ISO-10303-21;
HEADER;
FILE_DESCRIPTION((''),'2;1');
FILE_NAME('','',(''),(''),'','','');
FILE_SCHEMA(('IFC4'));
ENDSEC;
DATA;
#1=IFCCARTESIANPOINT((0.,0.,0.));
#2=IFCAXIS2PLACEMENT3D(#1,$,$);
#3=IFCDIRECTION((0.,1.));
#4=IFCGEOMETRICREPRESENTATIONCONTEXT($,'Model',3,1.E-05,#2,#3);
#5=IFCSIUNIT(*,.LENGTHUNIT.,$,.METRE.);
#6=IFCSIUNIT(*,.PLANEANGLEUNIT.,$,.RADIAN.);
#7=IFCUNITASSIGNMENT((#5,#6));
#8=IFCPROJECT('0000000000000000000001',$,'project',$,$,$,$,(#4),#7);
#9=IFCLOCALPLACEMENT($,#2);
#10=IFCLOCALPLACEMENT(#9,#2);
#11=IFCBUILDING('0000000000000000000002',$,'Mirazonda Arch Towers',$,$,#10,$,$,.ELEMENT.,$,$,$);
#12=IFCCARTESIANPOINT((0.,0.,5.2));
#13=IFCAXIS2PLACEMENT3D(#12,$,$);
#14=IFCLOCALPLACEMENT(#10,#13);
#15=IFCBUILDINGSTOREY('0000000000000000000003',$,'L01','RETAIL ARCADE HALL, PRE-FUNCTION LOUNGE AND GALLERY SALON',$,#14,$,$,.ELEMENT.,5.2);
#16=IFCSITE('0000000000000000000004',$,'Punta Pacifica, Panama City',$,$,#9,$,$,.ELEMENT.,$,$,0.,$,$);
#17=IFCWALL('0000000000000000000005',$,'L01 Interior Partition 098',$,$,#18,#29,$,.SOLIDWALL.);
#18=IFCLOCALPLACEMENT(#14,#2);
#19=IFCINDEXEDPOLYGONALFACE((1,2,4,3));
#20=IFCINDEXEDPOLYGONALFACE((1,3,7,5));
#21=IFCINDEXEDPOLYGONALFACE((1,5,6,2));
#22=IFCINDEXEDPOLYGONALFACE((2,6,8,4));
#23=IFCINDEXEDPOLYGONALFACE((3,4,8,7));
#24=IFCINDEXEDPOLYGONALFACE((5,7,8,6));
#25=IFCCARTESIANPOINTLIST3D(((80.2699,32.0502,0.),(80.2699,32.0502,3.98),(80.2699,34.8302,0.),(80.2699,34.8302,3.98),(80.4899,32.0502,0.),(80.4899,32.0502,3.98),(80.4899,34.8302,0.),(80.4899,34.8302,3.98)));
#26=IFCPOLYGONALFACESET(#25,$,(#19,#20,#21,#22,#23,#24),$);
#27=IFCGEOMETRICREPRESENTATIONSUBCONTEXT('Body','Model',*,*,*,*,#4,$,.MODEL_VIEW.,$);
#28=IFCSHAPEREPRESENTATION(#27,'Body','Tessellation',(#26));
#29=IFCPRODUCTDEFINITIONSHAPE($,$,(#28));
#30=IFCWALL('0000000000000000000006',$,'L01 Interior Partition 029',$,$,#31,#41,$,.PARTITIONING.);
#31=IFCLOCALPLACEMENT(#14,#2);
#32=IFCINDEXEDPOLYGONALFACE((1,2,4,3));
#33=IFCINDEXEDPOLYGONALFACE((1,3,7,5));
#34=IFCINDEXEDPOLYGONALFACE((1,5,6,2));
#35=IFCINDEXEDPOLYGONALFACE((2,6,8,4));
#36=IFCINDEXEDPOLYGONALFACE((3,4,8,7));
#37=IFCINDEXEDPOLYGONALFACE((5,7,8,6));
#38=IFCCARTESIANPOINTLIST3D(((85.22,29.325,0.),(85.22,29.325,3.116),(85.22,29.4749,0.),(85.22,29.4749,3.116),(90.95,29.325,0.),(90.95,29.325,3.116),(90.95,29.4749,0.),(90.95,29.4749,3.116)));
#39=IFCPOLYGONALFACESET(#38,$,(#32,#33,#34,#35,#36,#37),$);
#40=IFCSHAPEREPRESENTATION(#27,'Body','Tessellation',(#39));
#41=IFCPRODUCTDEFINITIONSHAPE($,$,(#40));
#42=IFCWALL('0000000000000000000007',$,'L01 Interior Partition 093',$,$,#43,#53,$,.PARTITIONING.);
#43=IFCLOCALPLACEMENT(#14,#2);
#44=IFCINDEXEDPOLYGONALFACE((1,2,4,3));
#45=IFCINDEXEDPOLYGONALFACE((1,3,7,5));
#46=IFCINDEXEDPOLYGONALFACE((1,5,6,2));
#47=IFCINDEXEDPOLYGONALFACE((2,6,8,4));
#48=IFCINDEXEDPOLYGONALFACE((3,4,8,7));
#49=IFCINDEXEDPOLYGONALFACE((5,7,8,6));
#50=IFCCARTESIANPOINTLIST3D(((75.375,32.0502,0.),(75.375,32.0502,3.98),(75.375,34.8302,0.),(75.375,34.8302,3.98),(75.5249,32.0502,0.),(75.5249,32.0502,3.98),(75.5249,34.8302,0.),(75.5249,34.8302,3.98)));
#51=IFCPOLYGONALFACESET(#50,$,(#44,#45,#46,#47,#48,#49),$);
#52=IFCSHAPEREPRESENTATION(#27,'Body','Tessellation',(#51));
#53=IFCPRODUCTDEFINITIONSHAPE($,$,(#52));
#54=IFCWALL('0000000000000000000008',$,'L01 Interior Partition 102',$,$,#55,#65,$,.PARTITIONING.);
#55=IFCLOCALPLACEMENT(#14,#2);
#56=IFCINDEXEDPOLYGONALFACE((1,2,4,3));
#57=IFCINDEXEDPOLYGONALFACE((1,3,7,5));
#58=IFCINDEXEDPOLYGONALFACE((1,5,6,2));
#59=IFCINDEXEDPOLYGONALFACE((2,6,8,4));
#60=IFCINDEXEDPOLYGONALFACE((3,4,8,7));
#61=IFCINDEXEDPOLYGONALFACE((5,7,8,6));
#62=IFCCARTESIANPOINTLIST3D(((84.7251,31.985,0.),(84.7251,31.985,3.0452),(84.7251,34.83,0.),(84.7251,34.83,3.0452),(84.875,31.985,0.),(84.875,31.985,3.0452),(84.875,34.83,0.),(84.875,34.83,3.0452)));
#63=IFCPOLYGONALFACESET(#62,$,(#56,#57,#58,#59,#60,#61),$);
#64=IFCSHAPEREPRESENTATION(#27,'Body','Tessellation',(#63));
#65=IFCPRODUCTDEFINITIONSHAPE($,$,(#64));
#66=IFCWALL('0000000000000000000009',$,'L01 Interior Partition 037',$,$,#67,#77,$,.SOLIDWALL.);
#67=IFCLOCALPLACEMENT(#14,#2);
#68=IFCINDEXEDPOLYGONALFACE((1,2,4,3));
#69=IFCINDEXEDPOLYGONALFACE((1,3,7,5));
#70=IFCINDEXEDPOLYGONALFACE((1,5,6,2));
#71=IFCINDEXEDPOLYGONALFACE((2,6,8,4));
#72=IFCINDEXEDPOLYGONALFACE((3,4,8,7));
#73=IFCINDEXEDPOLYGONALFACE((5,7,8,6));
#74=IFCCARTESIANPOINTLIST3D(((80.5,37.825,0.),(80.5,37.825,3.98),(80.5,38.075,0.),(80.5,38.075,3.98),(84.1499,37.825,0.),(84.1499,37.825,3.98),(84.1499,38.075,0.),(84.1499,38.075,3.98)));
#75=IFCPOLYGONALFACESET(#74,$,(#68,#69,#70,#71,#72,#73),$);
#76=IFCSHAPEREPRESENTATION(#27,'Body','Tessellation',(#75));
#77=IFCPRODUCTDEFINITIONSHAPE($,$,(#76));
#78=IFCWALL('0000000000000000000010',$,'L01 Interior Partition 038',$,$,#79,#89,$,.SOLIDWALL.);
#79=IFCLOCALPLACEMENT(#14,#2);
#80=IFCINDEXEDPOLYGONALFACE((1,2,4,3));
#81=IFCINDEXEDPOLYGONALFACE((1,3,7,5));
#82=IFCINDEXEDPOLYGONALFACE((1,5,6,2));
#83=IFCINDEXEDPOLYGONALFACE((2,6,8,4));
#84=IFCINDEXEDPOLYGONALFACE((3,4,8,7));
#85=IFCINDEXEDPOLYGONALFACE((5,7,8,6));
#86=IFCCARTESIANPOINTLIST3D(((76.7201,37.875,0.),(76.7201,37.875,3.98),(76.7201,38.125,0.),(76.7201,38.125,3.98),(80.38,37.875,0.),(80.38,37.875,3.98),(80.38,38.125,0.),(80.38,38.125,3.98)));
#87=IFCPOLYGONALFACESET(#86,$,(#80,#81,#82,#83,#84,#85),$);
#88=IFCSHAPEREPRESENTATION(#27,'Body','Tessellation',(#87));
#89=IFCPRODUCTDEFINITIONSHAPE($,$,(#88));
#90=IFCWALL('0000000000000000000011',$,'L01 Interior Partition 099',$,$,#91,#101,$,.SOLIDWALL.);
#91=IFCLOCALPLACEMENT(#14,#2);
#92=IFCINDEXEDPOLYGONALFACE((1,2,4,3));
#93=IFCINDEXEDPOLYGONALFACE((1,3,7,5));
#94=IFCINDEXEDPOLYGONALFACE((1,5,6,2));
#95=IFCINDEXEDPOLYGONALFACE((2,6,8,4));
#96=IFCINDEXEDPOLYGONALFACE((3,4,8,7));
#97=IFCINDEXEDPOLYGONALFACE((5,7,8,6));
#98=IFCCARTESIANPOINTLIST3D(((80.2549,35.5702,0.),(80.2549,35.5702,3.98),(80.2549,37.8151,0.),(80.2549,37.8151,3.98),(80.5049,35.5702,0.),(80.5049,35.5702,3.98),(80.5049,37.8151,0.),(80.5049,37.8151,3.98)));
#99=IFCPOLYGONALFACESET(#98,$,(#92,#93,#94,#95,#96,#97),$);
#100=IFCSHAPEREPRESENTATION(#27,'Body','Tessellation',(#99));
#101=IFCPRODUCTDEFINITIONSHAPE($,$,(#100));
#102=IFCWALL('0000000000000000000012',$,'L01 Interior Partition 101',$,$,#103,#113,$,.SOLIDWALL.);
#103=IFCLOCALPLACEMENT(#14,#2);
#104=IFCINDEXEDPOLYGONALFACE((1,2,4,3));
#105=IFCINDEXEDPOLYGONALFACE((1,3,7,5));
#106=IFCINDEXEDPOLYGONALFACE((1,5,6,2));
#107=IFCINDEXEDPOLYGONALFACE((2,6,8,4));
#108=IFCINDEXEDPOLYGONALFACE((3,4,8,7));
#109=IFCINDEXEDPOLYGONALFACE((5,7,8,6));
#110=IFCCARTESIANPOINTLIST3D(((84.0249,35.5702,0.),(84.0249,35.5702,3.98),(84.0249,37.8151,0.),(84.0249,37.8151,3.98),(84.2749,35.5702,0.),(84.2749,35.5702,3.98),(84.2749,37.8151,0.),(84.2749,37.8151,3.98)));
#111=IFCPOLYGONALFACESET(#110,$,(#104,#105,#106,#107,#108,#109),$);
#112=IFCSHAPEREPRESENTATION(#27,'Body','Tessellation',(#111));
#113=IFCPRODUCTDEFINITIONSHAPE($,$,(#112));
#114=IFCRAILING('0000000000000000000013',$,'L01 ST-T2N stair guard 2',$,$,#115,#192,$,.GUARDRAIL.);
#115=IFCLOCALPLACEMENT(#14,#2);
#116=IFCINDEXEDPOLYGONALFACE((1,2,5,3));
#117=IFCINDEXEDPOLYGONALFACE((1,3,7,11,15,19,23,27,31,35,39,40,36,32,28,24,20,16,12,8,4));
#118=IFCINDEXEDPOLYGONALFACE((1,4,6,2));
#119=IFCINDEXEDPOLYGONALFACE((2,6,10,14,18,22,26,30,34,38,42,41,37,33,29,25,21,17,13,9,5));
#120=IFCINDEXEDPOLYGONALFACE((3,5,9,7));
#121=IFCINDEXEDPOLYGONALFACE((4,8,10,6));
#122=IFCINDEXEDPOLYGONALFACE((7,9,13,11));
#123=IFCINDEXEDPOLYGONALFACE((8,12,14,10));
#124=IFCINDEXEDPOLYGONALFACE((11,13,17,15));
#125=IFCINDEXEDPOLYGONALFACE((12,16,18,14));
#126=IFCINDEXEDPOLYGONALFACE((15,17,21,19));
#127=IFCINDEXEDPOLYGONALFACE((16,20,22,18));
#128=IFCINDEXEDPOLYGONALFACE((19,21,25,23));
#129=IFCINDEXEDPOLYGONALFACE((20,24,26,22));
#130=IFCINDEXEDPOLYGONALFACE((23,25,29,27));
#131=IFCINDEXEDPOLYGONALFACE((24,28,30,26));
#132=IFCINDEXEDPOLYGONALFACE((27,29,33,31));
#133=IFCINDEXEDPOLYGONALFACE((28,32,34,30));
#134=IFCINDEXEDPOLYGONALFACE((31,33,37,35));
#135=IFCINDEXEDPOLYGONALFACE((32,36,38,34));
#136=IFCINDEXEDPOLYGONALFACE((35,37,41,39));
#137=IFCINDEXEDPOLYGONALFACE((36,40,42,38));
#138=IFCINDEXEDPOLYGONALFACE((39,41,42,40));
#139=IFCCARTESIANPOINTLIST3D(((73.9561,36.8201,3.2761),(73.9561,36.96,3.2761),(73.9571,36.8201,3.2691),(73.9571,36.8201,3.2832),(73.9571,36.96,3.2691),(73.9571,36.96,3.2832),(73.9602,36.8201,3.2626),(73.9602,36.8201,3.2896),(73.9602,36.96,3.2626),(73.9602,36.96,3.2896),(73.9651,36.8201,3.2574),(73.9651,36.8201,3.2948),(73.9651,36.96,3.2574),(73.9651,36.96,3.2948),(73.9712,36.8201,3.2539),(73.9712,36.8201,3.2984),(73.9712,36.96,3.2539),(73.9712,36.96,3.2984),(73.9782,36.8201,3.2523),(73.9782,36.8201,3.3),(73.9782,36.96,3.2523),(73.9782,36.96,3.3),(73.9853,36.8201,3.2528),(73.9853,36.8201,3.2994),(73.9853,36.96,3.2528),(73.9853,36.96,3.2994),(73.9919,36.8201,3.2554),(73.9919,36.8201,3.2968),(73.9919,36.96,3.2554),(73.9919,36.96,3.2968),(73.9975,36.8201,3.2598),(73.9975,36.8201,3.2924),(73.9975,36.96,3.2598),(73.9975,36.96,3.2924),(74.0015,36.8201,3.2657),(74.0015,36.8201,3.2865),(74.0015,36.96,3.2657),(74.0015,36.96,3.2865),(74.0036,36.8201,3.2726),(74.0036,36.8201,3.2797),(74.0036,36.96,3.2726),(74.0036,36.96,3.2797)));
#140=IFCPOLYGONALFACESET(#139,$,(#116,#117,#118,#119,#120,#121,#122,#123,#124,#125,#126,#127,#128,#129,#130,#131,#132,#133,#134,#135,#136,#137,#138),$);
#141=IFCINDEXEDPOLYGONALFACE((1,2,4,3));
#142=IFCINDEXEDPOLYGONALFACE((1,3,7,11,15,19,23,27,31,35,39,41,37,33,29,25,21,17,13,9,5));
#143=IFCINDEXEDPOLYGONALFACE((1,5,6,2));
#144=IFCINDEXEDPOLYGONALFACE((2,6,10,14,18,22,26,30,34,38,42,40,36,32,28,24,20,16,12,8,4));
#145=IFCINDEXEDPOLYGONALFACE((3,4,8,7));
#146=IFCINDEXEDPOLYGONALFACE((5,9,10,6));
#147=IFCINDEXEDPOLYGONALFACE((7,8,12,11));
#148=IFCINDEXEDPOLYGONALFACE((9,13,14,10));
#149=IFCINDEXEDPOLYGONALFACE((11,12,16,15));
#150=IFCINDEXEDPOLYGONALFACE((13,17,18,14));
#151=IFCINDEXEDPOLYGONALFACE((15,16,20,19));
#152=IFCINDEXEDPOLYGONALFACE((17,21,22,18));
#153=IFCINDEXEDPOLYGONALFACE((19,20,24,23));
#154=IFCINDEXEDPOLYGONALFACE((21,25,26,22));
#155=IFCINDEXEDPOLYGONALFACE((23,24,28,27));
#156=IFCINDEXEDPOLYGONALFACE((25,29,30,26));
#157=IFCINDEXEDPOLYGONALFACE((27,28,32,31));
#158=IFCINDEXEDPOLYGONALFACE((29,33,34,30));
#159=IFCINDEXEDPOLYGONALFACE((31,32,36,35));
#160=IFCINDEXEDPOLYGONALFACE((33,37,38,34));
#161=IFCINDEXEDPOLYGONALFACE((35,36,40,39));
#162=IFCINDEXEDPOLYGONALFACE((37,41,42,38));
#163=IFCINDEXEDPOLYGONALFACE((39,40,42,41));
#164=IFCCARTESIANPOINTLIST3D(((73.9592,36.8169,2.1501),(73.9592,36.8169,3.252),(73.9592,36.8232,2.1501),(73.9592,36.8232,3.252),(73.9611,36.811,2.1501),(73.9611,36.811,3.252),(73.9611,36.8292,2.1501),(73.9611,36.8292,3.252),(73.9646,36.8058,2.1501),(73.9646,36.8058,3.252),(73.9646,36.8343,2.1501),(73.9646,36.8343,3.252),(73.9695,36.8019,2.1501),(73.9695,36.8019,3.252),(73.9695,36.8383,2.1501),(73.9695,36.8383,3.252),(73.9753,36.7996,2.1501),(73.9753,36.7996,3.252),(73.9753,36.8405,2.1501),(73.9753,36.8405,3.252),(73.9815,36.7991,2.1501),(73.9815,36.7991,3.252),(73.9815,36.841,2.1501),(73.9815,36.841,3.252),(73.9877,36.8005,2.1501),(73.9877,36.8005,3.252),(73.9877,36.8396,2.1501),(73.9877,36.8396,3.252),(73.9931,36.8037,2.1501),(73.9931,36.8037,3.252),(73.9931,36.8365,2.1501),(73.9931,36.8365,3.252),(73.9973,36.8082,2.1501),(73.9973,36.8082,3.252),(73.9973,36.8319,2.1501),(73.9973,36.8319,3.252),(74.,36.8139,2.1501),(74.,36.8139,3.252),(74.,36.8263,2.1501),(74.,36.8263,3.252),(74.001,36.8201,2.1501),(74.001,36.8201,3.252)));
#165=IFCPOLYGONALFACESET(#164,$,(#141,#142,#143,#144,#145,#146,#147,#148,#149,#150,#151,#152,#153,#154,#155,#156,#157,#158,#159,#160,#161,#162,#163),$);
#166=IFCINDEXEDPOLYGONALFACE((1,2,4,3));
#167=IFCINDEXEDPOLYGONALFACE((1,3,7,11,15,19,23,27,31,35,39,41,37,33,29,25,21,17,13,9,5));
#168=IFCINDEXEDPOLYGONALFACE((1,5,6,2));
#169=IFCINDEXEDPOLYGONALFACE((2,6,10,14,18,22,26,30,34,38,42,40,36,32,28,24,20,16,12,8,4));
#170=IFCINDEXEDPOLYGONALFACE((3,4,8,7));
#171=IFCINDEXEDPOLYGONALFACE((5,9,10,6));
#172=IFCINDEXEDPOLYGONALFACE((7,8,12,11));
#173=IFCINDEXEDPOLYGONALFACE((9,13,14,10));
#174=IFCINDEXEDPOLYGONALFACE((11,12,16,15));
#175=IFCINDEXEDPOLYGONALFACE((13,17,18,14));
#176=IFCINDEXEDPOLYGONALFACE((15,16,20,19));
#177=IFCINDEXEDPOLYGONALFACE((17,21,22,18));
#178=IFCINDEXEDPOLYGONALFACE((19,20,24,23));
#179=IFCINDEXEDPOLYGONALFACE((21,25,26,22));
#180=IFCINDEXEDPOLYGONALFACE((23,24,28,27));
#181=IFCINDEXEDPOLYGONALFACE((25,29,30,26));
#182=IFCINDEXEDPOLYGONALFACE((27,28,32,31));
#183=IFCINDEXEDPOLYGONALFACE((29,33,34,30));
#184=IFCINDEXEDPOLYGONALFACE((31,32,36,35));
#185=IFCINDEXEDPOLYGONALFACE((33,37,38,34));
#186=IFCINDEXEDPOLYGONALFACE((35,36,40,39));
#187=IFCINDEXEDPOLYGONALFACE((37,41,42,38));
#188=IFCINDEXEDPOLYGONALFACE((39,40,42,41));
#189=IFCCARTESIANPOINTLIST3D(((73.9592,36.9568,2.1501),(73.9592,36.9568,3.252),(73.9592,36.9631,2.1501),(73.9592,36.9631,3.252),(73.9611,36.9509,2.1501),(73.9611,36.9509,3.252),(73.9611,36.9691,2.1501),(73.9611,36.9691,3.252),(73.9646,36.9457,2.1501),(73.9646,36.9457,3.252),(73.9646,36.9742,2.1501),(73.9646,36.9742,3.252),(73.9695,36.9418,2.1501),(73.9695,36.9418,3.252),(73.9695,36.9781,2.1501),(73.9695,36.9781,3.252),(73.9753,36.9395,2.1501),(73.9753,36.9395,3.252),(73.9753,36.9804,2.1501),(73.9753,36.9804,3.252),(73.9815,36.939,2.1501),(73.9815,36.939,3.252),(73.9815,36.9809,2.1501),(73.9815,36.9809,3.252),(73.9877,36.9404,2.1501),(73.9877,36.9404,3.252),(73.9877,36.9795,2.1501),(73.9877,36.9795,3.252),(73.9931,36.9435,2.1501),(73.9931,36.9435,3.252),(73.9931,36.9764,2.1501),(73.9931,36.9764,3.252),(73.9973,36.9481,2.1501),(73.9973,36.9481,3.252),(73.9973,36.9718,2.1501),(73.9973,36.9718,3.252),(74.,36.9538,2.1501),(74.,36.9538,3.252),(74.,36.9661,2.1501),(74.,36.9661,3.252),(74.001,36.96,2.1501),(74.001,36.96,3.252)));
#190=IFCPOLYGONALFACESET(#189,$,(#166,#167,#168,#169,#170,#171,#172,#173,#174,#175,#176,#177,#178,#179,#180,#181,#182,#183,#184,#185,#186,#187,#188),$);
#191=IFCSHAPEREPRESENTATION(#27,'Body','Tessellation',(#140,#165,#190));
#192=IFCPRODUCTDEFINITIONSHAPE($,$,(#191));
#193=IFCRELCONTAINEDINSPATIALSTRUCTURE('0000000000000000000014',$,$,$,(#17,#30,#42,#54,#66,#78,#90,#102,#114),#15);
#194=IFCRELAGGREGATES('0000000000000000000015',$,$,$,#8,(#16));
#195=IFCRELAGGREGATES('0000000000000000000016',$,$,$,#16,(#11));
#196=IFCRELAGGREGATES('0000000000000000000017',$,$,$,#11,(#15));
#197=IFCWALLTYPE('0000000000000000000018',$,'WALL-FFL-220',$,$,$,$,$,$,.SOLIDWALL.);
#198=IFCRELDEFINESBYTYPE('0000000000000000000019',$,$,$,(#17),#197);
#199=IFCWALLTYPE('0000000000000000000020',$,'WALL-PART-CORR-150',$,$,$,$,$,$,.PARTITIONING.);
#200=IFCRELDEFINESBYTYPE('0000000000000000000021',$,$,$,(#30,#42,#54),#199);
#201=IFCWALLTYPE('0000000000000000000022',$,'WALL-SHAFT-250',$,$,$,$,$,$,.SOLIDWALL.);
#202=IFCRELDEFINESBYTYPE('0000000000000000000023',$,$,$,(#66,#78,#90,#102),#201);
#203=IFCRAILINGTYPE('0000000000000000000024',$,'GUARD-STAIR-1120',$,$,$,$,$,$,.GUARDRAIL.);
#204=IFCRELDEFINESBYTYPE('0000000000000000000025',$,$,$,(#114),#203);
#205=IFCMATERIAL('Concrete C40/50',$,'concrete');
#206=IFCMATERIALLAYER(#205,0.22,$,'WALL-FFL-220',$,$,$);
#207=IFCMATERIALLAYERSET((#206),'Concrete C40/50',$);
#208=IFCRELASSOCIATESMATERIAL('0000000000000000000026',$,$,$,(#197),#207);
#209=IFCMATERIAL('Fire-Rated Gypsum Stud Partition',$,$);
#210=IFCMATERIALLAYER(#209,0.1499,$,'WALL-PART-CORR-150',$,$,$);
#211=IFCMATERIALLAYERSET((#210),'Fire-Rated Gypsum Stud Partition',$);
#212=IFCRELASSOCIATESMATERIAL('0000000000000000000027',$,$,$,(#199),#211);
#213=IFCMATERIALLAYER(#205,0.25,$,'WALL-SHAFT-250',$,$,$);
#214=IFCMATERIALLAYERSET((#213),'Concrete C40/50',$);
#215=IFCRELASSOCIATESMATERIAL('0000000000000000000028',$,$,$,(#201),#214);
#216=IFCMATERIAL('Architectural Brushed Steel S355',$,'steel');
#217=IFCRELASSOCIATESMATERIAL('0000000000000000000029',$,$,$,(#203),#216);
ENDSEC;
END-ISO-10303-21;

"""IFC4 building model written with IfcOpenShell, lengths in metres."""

from ifc_helpers import new_model, si_unit, direction, frame, frame_2d, origin, origin_2d, place, context, subcontext, project, spatial, rectangle, circle, extrude, material, layer, layer_set, type_object, element, save


model = new_model("IFC4")

# Units and contexts
model_context = context("Model", 3, precision=1e-05, world=origin(), true_north=direction((0.0, 1.0)))
body_context = subcontext(model_context, "Body", "Model", "MODEL_VIEW")
ifc_project = project(units=[si_unit("LENGTHUNIT", "METRE"), si_unit("PLANEANGLEUNIT", "RADIAN")], contexts=[model_context])

# Site, building, storey
site_placement = place(None, origin())
site = spatial("IfcSite", under=ifc_project, at=site_placement, Name="Punta Pacifica, Panama City", CompositionType="ELEMENT", RefElevation=0.0)
building_placement = place(site_placement, origin())
building = spatial("IfcBuilding", under=site, at=building_placement, Name="Mirazonda Arch Towers", CompositionType="ELEMENT")
storey_placement = place(building_placement, frame((0.0, 0.0, 5.2)))
storey = spatial("IfcBuildingStorey", under=building, at=storey_placement, Name="L01", Description="RETAIL ARCADE HALL, PRE-FUNCTION LOUNGE AND GALLERY SALON", CompositionType="ELEMENT", Elevation=5.2)

# Walls
ifc_material_1 = material(Name="Concrete C40/50", Category="concrete")
ifc_layer_1 = layer(ifc_material_1, 0.22, Name="WALL-FFL-220")
ifc_layer_set_1 = layer_set([ifc_layer_1], Name="Concrete C40/50")
wall_type_1 = type_object("IfcWallType", Name="WALL-FFL-220", PredefinedType="SOLIDWALL", material=ifc_layer_set_1)
wall_1_placement = place(storey_placement, frame((80.3799, 32.05, 0.0), z_axis=(0.0, 0.0, 1.0), x_axis=(0.0, 1.0, 0.0)))
element("IfcWall", 1, at=wall_1_placement, inside=storey, type_object=wall_type_1, Name="L01 Interior Partition 098", PredefinedType="SOLIDWALL", context=body_context, shape_type="SweptSolid", body=[
    extrude(rectangle(XDim=2.78, YDim=0.22, at=frame_2d((1.3901, 0.0))), origin(), (0.0, 0.0, 1.0), 3.98),
])
ifc_material_2 = material(Name="Fire-Rated Gypsum Stud Partition")
ifc_layer_2 = layer(ifc_material_2, 0.1499, Name="WALL-PART-CORR-150")
ifc_layer_set_2 = layer_set([ifc_layer_2], Name="Fire-Rated Gypsum Stud Partition")
wall_type_2 = type_object("IfcWallType", Name="WALL-PART-CORR-150", PredefinedType="PARTITIONING", material=ifc_layer_set_2)
wall_2_placement = place(storey_placement, frame((85.22, 29.3999, 0.0), z_axis=(0.0, 0.0, 1.0), x_axis=(1.0, 0.0, 0.0)))
element("IfcWall", 2, at=wall_2_placement, inside=storey, type_object=wall_type_2, Name="L01 Interior Partition 029", PredefinedType="PARTITIONING", context=body_context, shape_type="SweptSolid", body=[
    extrude(rectangle(XDim=5.73, YDim=0.1499, at=frame_2d((2.865, 0.0))), origin(), (0.0, 0.0, 1.0), 3.116),
])
wall_3_placement = place(storey_placement, frame((75.45, 32.05, 0.0), z_axis=(0.0, 0.0, 1.0), x_axis=(0.0, 1.0, 0.0)))
element("IfcWall", 3, at=wall_3_placement, inside=storey, type_object=wall_type_2, Name="L01 Interior Partition 093", PredefinedType="PARTITIONING", context=body_context, shape_type="SweptSolid", body=[
    extrude(rectangle(XDim=2.78, YDim=0.1499, at=frame_2d((1.3901, 0.0))), origin(), (0.0, 0.0, 1.0), 3.98),
])
wall_4_placement = place(storey_placement, frame((84.8, 31.9851, 0.0), z_axis=(0.0, 0.0, 1.0), x_axis=(0.0, 1.0, 0.0)))
element("IfcWall", 4, at=wall_4_placement, inside=storey, type_object=wall_type_2, Name="L01 Interior Partition 102", PredefinedType="PARTITIONING", context=body_context, shape_type="SweptSolid", body=[
    extrude(rectangle(XDim=2.845, YDim=0.1499, at=frame_2d((1.4224, 0.0))), origin(), (0.0, 0.0, 1.0), 3.0452),
])
ifc_layer_3 = layer(ifc_material_1, 0.25, Name="WALL-SHAFT-250")
ifc_layer_set_3 = layer_set([ifc_layer_3], Name="Concrete C40/50")
wall_type_3 = type_object("IfcWallType", Name="WALL-SHAFT-250", PredefinedType="SOLIDWALL", material=ifc_layer_set_3)
wall_5_placement = place(storey_placement, frame((80.5, 37.95, 0.0), z_axis=(0.0, 0.0, 1.0), x_axis=(1.0, 0.0, 0.0)))
element("IfcWall", 5, at=wall_5_placement, inside=storey, type_object=wall_type_3, Name="L01 Interior Partition 037", PredefinedType="SOLIDWALL", context=body_context, shape_type="SweptSolid", body=[
    extrude(rectangle(XDim=3.6499, YDim=0.25, at=frame_2d((1.825, 0.0))), origin(), (0.0, 0.0, 1.0), 3.98),
])
wall_6_placement = place(storey_placement, frame((76.72, 38.0, 0.0), z_axis=(0.0, 0.0, 1.0), x_axis=(1.0, 0.0, 0.0)))
element("IfcWall", 6, at=wall_6_placement, inside=storey, type_object=wall_type_3, Name="L01 Interior Partition 038", PredefinedType="SOLIDWALL", context=body_context, shape_type="SweptSolid", body=[
    extrude(rectangle(XDim=3.6599, YDim=0.25, at=frame_2d((1.8301, 0.0))), origin(), (0.0, 0.0, 1.0), 3.98),
])
for number, where, z_axis, x_axis, name in (
    (7, (80.3799, 35.5701, 0.0), (0.0, 0.0, 1.0), (0.0, 1.0, 0.0), "L01 Interior Partition 099"),
    (8, (84.1499, 35.5701, 0.0), (0.0, 0.0, 1.0), (0.0, 1.0, 0.0), "L01 Interior Partition 101"),
):
    element("IfcWall", number, at=place(storey_placement, frame(where, z_axis=z_axis, x_axis=x_axis)), inside=storey, type_object=wall_type_3, Name=name, PredefinedType="SOLIDWALL", context=body_context, shape_type="SweptSolid", body=[
        extrude(rectangle(XDim=2.2449, YDim=0.25, at=frame_2d((1.1226, 0.0))), origin(), (0.0, 0.0, 1.0), 3.98),
    ])

# Railing
ifc_material_3 = material(Name="Architectural Brushed Steel S355", Category="steel")
railing_type_1 = type_object("IfcRailingType", Name="GUARD-STAIR-1120", PredefinedType="GUARDRAIL", material=ifc_material_3)
railing_1_placement = place(storey_placement, frame((73.98, 36.8201, 2.1501)))
element("IfcRailing", 9, at=railing_1_placement, inside=storey, type_object=railing_type_1, Name="L01 ST-T2N stair guard 2", PredefinedType="GUARDRAIL", context=body_context, shape_type="SweptSolid", body=[
    extrude(circle(Radius=0.0239, at=origin_2d()), frame((0.0, 0.0, 1.126), z_axis=(0.0, 1.0, 0.0), x_axis=(-1.0, 0.0, 0.0)), (0.0, 0.0, 1.0), 0.1399),
    extrude(circle(Radius=0.021, at=origin_2d()), origin(), (0.0, 0.0, 1.0), 1.1018),
    extrude(circle(Radius=0.021, at=origin_2d()), frame((0.0, 0.1399, 0.0)), (0.0, 0.0, 1.0), 1.1018),
])

save(model, "model.ifc")
